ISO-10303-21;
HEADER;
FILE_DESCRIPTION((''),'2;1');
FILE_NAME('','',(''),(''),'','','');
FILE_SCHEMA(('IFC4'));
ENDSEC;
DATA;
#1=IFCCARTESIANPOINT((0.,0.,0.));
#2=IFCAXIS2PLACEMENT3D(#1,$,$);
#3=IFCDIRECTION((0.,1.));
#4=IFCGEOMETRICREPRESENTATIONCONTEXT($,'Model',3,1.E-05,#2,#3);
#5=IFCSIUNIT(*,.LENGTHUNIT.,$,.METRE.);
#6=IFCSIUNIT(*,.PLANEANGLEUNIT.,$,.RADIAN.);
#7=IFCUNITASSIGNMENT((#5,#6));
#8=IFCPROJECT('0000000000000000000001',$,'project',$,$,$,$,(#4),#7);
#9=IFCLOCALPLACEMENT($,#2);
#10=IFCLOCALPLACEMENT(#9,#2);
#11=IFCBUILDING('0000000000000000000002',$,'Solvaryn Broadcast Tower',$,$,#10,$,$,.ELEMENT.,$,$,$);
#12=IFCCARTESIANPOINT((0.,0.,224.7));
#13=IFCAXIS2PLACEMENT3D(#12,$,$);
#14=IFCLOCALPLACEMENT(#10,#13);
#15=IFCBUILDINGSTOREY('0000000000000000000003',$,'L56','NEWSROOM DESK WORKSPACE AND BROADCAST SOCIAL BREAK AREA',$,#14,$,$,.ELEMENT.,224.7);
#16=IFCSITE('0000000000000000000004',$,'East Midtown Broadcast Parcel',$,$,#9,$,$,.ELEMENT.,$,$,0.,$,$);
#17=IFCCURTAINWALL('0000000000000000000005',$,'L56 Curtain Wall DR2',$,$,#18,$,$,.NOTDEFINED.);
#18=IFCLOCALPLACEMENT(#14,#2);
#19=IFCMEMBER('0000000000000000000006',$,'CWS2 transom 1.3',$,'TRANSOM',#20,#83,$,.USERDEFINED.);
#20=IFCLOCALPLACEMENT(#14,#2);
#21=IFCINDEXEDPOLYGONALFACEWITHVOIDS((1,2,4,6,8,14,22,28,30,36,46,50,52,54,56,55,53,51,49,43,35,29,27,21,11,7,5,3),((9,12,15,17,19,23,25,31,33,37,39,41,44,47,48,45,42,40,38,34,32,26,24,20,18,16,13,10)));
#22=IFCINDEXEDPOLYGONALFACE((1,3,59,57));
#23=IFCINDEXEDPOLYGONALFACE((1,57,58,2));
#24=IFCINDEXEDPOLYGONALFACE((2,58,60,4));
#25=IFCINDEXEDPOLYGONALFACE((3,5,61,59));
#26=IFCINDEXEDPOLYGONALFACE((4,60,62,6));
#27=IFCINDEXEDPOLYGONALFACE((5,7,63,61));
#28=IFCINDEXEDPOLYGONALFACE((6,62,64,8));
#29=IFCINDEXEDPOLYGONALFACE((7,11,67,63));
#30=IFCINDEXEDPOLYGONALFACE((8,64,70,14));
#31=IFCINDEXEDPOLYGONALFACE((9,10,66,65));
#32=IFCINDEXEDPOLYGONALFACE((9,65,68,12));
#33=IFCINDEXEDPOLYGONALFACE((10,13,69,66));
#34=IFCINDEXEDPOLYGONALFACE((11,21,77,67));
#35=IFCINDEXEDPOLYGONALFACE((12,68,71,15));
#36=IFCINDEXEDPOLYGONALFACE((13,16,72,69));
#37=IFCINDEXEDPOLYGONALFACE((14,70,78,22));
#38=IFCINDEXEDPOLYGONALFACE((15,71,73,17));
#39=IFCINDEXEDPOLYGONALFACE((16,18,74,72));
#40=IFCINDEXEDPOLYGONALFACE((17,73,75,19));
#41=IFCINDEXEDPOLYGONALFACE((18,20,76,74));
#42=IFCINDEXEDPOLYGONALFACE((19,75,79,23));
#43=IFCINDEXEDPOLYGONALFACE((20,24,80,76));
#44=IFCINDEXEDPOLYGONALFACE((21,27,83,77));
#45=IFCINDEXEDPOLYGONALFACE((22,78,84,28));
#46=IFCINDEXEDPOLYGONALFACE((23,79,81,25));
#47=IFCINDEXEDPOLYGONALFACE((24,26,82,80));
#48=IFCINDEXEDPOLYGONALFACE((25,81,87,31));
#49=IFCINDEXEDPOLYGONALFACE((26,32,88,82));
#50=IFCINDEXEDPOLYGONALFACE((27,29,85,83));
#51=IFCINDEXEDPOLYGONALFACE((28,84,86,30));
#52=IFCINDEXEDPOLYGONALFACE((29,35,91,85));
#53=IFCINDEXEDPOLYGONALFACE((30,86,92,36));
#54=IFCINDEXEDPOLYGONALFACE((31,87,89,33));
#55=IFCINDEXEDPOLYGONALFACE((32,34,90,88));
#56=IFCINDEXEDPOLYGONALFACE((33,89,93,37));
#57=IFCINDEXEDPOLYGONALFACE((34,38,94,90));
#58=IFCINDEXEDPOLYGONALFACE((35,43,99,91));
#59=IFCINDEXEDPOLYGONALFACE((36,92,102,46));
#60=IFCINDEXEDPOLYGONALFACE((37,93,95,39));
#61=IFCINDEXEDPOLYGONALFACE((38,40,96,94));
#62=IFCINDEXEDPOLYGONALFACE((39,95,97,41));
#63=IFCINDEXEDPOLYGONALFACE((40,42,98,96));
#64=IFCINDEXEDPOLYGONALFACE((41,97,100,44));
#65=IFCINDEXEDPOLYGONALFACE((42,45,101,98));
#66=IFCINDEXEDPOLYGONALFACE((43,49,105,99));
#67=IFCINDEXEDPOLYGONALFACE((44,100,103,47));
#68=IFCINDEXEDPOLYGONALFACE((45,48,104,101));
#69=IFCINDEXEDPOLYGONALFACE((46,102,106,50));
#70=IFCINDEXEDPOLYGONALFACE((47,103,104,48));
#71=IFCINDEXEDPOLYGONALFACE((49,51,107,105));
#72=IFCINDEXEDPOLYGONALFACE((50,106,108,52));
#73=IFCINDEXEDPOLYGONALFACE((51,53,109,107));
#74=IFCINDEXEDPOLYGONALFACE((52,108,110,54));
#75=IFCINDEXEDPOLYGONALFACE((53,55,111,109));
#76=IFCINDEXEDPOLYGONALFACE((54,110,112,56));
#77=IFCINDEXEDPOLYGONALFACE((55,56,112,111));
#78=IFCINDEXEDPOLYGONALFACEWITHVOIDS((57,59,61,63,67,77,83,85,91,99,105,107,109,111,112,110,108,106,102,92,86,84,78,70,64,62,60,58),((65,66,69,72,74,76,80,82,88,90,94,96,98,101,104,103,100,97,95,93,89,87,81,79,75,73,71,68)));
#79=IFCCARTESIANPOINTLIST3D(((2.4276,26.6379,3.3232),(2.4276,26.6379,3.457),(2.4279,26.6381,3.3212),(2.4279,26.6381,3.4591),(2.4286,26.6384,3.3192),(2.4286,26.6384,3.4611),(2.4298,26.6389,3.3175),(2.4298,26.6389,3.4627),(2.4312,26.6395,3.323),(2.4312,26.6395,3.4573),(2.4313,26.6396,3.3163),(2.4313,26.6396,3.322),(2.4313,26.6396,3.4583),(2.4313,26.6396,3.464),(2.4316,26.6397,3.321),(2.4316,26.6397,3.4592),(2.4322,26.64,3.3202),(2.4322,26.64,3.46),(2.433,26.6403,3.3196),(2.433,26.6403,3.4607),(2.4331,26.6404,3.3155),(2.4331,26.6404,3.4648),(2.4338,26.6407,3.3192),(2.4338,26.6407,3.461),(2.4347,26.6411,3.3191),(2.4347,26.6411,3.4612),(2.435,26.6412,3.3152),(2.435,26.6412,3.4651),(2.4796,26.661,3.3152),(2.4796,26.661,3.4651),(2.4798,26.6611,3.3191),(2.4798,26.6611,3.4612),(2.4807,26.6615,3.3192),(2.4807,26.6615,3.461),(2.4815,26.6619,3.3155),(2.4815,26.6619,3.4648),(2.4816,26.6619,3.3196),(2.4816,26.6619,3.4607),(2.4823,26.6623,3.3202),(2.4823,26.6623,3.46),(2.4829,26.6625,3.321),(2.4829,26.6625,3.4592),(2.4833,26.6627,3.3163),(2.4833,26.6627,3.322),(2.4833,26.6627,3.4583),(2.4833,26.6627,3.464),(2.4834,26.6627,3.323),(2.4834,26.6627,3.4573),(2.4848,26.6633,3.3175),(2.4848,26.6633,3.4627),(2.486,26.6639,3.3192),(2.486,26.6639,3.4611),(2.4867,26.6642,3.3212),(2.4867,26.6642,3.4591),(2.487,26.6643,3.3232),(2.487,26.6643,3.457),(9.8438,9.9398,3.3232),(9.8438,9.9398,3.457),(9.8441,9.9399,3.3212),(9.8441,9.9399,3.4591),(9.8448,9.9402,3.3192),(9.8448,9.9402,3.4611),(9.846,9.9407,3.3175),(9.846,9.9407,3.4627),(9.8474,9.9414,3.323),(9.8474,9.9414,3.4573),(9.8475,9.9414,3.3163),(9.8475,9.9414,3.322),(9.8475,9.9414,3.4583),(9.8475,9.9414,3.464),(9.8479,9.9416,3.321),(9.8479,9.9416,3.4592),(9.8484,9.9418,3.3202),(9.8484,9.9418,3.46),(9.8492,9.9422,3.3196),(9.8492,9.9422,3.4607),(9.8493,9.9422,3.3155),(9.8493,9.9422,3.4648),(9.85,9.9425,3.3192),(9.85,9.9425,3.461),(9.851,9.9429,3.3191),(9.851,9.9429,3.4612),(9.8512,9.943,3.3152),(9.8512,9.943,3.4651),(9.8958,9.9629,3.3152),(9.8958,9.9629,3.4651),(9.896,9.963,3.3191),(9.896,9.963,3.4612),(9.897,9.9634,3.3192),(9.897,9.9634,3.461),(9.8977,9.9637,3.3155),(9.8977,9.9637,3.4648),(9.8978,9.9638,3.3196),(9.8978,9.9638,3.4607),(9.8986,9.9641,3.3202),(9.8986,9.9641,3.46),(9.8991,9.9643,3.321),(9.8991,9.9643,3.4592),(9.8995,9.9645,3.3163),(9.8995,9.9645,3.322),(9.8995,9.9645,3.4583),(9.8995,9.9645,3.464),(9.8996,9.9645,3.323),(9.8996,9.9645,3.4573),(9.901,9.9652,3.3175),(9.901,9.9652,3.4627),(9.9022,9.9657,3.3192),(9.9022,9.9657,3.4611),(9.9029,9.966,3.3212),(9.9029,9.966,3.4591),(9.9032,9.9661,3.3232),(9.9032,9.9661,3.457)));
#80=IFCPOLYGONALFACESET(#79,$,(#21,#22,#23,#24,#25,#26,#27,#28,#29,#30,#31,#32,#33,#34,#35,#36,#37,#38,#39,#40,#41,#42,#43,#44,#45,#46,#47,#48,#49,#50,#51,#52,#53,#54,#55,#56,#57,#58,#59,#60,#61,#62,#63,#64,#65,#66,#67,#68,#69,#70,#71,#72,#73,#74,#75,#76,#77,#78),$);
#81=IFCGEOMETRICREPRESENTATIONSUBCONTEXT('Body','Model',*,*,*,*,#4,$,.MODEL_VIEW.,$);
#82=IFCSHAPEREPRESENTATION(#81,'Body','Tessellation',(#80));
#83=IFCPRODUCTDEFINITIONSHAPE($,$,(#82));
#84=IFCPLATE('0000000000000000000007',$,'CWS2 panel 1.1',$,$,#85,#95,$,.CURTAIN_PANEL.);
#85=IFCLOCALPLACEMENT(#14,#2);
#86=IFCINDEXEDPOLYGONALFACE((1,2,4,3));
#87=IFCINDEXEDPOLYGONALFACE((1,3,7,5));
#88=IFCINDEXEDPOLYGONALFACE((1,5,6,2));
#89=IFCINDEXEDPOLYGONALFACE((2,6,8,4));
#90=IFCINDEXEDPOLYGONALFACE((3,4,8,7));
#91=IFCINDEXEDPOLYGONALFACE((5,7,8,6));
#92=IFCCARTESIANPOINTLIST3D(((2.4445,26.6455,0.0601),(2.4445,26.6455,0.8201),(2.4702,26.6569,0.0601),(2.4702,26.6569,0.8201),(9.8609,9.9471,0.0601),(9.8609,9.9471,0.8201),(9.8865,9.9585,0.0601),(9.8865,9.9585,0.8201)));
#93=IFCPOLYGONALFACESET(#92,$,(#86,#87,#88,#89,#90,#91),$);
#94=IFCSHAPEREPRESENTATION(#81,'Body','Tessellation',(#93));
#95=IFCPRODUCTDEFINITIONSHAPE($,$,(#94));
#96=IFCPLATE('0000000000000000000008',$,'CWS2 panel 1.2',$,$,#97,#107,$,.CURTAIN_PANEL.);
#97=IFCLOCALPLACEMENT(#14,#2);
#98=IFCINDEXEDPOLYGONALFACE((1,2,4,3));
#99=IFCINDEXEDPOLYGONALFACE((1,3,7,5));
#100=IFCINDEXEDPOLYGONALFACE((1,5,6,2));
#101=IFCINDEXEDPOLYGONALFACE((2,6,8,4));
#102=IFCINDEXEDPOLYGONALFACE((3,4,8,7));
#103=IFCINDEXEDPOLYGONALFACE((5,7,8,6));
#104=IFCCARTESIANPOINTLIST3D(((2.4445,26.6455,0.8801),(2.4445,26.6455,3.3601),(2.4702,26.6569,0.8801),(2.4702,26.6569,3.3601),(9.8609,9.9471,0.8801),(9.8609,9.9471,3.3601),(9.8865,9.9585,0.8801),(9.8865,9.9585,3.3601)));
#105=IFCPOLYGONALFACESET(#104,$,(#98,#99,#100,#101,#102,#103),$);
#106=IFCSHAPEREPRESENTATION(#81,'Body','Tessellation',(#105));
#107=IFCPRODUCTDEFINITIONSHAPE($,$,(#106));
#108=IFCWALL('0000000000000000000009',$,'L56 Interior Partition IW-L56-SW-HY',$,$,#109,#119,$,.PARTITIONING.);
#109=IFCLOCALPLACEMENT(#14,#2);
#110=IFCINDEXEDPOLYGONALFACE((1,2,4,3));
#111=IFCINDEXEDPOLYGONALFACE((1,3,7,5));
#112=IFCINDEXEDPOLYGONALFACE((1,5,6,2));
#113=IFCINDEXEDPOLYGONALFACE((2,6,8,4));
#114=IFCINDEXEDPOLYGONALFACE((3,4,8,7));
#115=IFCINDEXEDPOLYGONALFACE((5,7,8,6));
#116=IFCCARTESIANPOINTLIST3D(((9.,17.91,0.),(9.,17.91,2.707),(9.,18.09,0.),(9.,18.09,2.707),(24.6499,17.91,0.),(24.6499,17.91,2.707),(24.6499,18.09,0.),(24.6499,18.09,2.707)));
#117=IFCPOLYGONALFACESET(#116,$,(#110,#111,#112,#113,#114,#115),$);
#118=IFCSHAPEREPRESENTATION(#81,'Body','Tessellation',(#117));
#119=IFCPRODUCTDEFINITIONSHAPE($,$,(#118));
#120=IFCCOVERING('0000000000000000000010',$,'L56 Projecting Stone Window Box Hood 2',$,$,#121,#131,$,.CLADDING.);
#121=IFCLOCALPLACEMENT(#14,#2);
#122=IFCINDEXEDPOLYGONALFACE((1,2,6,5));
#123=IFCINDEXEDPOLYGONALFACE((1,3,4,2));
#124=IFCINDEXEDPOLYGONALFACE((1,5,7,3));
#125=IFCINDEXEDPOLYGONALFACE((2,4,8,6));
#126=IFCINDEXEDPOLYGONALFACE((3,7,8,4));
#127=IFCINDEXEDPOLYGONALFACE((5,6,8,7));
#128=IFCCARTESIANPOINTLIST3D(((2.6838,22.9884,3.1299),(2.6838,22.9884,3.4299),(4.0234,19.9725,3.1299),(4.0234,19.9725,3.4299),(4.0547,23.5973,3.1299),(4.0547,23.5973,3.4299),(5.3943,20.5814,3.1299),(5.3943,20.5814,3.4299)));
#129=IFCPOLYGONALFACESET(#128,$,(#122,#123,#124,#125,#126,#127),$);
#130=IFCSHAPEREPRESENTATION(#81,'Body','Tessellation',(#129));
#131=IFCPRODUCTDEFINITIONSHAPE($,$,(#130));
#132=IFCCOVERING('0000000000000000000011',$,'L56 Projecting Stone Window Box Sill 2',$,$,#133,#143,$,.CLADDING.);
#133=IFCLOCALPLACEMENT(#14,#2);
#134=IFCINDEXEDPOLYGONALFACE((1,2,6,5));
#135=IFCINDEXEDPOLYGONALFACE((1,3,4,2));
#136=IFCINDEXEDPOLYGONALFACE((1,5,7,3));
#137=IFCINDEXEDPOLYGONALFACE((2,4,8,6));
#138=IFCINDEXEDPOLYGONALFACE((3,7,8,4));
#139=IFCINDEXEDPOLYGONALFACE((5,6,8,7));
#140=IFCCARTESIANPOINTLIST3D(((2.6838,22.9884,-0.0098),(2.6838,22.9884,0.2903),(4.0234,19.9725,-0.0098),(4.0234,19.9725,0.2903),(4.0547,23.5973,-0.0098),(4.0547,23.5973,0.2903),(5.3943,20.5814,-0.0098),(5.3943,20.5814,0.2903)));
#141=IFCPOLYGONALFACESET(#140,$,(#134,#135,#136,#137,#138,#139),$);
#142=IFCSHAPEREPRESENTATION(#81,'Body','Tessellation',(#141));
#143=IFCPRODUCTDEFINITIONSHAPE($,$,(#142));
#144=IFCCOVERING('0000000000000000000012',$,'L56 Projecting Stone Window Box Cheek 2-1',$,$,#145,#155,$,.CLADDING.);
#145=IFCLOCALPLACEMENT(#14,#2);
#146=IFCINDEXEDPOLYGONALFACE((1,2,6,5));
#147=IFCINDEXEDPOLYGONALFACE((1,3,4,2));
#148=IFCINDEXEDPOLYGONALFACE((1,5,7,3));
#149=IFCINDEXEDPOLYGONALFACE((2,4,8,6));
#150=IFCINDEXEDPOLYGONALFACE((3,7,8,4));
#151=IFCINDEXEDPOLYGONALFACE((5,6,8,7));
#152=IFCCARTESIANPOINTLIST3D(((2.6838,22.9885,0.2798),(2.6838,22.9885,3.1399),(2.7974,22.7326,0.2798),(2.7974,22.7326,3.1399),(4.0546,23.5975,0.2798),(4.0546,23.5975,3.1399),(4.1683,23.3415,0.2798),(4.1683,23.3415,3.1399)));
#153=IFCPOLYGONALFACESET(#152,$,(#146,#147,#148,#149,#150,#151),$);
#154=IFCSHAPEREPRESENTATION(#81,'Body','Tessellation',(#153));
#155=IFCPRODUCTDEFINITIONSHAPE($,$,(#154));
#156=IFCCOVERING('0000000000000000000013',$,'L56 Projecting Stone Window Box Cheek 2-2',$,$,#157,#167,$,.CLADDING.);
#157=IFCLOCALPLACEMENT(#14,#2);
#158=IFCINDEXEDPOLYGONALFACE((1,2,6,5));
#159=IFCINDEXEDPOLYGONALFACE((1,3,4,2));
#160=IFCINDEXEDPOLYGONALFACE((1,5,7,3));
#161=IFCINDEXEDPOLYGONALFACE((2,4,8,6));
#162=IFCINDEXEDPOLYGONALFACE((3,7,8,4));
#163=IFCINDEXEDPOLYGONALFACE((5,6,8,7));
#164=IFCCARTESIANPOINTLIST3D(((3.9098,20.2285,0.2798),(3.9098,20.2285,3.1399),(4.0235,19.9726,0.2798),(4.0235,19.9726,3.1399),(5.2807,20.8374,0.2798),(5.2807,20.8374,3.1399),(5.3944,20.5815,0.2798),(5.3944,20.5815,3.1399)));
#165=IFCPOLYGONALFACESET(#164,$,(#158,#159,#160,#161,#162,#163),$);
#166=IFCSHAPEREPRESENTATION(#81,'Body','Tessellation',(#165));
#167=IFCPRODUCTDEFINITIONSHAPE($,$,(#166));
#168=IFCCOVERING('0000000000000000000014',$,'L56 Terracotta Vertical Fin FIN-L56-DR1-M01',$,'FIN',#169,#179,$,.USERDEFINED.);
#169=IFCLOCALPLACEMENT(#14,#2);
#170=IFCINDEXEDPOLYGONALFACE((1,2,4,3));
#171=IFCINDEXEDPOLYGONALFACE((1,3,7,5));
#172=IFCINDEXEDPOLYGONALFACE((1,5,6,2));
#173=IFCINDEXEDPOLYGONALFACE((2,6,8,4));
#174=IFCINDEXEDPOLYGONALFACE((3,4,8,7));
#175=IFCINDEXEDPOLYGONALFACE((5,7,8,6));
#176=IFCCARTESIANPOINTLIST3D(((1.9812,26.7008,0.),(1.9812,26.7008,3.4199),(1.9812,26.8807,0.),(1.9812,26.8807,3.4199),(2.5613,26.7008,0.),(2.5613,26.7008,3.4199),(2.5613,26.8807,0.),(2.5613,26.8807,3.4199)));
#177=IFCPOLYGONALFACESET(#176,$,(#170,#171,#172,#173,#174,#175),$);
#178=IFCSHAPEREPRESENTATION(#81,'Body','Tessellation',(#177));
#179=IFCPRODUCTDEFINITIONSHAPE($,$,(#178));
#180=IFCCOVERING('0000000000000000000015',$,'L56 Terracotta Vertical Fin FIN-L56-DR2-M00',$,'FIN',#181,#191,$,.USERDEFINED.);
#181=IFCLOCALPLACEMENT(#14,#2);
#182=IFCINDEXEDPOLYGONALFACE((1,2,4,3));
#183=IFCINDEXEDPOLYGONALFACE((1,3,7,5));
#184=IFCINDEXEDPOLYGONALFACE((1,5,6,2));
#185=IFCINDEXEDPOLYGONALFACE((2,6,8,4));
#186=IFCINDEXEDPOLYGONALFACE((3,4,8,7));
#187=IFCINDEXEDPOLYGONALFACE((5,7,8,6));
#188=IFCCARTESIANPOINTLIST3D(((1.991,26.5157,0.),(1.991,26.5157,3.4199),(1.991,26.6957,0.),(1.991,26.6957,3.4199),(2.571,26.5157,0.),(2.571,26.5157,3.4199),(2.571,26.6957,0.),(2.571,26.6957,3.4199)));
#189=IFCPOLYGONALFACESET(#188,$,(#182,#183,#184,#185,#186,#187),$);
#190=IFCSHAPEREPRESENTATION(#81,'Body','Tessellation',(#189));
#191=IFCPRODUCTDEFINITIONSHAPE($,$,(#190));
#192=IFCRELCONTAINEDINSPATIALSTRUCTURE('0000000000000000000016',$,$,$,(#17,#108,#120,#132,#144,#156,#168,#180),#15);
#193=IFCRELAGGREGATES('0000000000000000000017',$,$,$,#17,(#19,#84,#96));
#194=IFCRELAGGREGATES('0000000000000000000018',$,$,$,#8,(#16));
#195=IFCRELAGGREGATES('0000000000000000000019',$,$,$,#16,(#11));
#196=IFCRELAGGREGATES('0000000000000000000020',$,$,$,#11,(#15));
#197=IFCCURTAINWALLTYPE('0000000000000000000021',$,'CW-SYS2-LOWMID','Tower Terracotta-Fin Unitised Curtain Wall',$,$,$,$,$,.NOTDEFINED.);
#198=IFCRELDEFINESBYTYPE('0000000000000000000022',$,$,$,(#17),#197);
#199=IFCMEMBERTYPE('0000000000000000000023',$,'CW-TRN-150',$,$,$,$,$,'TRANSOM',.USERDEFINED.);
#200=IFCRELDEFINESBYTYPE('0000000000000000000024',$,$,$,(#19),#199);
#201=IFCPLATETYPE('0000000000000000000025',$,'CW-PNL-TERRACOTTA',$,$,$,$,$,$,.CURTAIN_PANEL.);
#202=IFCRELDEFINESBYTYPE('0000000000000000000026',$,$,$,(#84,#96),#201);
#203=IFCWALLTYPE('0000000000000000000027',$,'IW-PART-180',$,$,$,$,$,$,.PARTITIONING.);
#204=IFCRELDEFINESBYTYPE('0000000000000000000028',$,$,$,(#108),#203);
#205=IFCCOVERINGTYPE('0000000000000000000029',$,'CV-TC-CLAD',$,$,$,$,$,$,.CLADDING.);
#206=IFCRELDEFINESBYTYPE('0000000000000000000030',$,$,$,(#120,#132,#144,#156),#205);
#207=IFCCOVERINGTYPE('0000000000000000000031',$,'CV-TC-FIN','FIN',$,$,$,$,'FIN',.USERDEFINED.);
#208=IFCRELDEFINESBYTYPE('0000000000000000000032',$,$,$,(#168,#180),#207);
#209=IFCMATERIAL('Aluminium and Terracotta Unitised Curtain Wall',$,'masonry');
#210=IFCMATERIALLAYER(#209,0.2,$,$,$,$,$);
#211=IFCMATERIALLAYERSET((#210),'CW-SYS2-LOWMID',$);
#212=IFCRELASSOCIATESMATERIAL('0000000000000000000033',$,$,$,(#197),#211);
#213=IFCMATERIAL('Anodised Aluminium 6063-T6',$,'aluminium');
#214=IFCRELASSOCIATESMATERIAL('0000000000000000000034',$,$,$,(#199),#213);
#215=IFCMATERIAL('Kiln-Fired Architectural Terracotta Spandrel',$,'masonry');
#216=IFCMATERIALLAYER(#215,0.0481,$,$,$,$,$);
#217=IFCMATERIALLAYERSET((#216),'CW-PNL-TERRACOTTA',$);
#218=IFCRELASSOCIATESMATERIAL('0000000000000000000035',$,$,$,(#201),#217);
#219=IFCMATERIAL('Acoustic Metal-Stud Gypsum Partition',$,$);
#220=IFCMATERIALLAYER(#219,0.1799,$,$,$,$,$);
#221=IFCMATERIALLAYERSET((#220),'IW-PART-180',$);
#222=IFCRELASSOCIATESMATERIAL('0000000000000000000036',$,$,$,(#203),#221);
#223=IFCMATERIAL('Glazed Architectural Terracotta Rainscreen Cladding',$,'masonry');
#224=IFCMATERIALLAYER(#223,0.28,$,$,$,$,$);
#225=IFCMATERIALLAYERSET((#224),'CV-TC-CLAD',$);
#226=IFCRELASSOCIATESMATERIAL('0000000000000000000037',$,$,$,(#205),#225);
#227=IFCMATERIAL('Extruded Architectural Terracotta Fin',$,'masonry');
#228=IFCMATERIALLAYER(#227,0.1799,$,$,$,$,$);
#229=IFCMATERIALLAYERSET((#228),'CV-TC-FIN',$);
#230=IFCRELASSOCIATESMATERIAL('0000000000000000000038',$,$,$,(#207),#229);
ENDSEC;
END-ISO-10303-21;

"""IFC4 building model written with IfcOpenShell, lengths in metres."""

from ifc_helpers import new_model, si_unit, direction, frame, frame_2d, origin, origin_2d, place, context, subcontext, project, spatial, rectangle, hollow_rectangle, extrude, material, layer, layer_set, material_profile, profile_set, type_object, element, aggregate, save


model = new_model("IFC4")

# Units and contexts
model_context = context("Model", 3, precision=1e-05, world=origin(), true_north=direction((0.0, 1.0)))
body_context = subcontext(model_context, "Body", "Model", "MODEL_VIEW")
ifc_project = project(units=[si_unit("LENGTHUNIT", "METRE"), si_unit("PLANEANGLEUNIT", "RADIAN")], contexts=[model_context])

# Site, building, storey
site_placement = place(None, origin())
site = spatial("IfcSite", under=ifc_project, at=site_placement, Name="East Midtown Broadcast Parcel", CompositionType="ELEMENT", RefElevation=0.0)
building_placement = place(site_placement, origin())
building = spatial("IfcBuilding", under=site, at=building_placement, Name="Solvaryn Broadcast Tower", CompositionType="ELEMENT")
storey_placement = place(building_placement, frame((0.0, 0.0, 224.7)))
storey = spatial("IfcBuildingStorey", under=building, at=storey_placement, Name="L56", Description="NEWSROOM DESK WORKSPACE AND BROADCAST SOCIAL BREAK AREA", CompositionType="ELEMENT", Elevation=224.7)

# Shared definitions
ifc_material_1 = material(Name="Aluminium and Terracotta Unitised Curtain Wall", Category="masonry")
ifc_layer_1 = layer(ifc_material_1, 0.2)
ifc_layer_set_1 = layer_set([ifc_layer_1], Name="CW-SYS2-LOWMID")
curtain_wall_type = type_object("IfcCurtainWallType", Name="CW-SYS2-LOWMID", Description="Tower Terracotta-Fin Unitised Curtain Wall", PredefinedType="NOTDEFINED", material=ifc_layer_set_1)

# Curtain wall, member, plates
curtain_wall_1_placement = place(storey_placement, origin())
curtain_wall_1 = element("IfcCurtainWall", 1, at=curtain_wall_1_placement, inside=storey, type_object=curtain_wall_type, Name="L56 Curtain Wall DR2", PredefinedType="NOTDEFINED")
ifc_material_2 = material(Name="Anodised Aluminium 6063-T6", Category="aluminium")
ifc_material_profile_1 = material_profile(ifc_material_2, hollow_rectangle(XDim=0.0649, YDim=0.1499, WallThickness=0.0039, InnerFilletRadius=0.0039, OuterFilletRadius=0.0081, at=origin_2d()))
ifc_profile_set_1 = profile_set([ifc_material_profile_1], Name="Anodised Aluminium 6063-T6")
member_type_1 = type_object("IfcMemberType", Name="CW-TRN-150", ElementType="TRANSOM", PredefinedType="USERDEFINED", material=ifc_profile_set_1)
member_1_placement = place(storey_placement, frame((2.4573, 26.6511, 3.3901), z_axis=(0.405902, -0.913917, 0.0), x_axis=(0.913917, 0.405902, 0.0)))
member_1 = element("IfcMember", 2, at=member_1_placement, type_object=member_type_1, Name="CWS2 transom 1.3", ObjectType="TRANSOM", PredefinedType="USERDEFINED", context=body_context, shape_type="SweptSolid", body=[
    extrude(hollow_rectangle(XDim=0.0649, YDim=0.1499, WallThickness=0.0039, InnerFilletRadius=0.0039, OuterFilletRadius=0.0081, at=origin_2d()), origin(), (0.0, 0.0, 1.0), 18.271),
])
ifc_material_3 = material(Name="Kiln-Fired Architectural Terracotta Spandrel", Category="masonry")
ifc_layer_2 = layer(ifc_material_3, 0.0481)
ifc_layer_set_2 = layer_set([ifc_layer_2], Name="CW-PNL-TERRACOTTA")
plate_type = type_object("IfcPlateType", Name="CW-PNL-TERRACOTTA", PredefinedType="CURTAIN_PANEL", material=ifc_layer_set_2)
plate_1_placement = place(storey_placement, frame((6.1655, 18.302, 0.0601), z_axis=(0.0, 0.0, 1.0), x_axis=(0.405901, -0.913917, 0.0)))
plate_1 = element("IfcPlate", 3, at=plate_1_placement, type_object=plate_type, Name="CWS2 panel 1.1", PredefinedType="CURTAIN_PANEL", context=body_context, shape_type="SweptSolid", body=[
    extrude(rectangle(XDim=18.2712, YDim=0.0281, at=origin_2d()), origin(), (0.0, 0.0, 1.0), 0.76),
])
plate_2_placement = place(storey_placement, frame((6.1655, 18.302, 0.8801), z_axis=(0.0, 0.0, 1.0), x_axis=(0.405901, -0.913917, 0.0)))
plate_2 = element("IfcPlate", 4, at=plate_2_placement, type_object=plate_type, Name="CWS2 panel 1.2", PredefinedType="CURTAIN_PANEL", context=body_context, shape_type="SweptSolid", body=[
    extrude(rectangle(XDim=18.2712, YDim=0.0281, at=origin_2d()), origin(), (0.0, 0.0, 1.0), 2.48),
])
aggregate(curtain_wall_1, [member_1, plate_1, plate_2])

# Wall
ifc_material_4 = material(Name="Acoustic Metal-Stud Gypsum Partition")
ifc_layer_3 = layer(ifc_material_4, 0.1799)
ifc_layer_set_3 = layer_set([ifc_layer_3], Name="IW-PART-180")
wall_type = type_object("IfcWallType", Name="IW-PART-180", PredefinedType="PARTITIONING", material=ifc_layer_set_3)
wall_placement = place(storey_placement, frame((9.0, 18.0, 0.0), z_axis=(0.0, 0.0, 1.0), x_axis=(1.0, 0.0, 0.0)))
element("IfcWall", 5, at=wall_placement, inside=storey, type_object=wall_type, Name="L56 Interior Partition IW-L56-SW-HY", PredefinedType="PARTITIONING", context=body_context, shape_type="SweptSolid", body=[
    extrude(rectangle(XDim=15.6499, YDim=0.1799, at=frame_2d((7.825, 0.0))), origin(), (0.0, 0.0, 1.0), 2.707),
])

# Coverings
ifc_material_5 = material(Name="Glazed Architectural Terracotta Rainscreen Cladding", Category="masonry")
ifc_layer_4 = layer(ifc_material_5, 0.28)
ifc_layer_set_4 = layer_set([ifc_layer_4], Name="CV-TC-CLAD")
covering_type_1 = type_object("IfcCoveringType", Name="CV-TC-CLAD", PredefinedType="CLADDING", material=ifc_layer_set_4)
for number, where, z_axis, x_axis, name in (
    (6, (4.0391, 21.7849, 3.1299), (0.0, 0.0, 1.0), (0.405939, -0.9139, 0.0), "L56 Projecting Stone Window Box Hood 2"),
    (7, (4.0391, 21.7849, -0.0098), (0.0, 0.0, 1.0), (0.405939, -0.9139, 0.0), "L56 Projecting Stone Window Box Sill 2"),
):
    element("IfcCovering", number, at=place(storey_placement, frame(where, z_axis=z_axis, x_axis=x_axis)), inside=storey, type_object=covering_type_1, Name=name, PredefinedType="CLADDING", context=body_context, shape_type="SweptSolid", body=[
        extrude(rectangle(XDim=3.3, YDim=1.5, at=origin_2d()), origin(), (0.0, 0.0, 1.0), 0.3),
    ])
for number, where, z_axis, x_axis, name in (
    (8, (3.426, 23.165, 0.2798), (0.0, 0.0, 1.0), (0.405939, -0.9139, 0.0), "L56 Projecting Stone Window Box Cheek 2-1"),
    (9, (4.6521, 20.405, 0.2798), (0.0, 0.0, 1.0), (0.405939, -0.9139, 0.0), "L56 Projecting Stone Window Box Cheek 2-2"),
):
    element("IfcCovering", number, at=place(storey_placement, frame(where, z_axis=z_axis, x_axis=x_axis)), inside=storey, type_object=covering_type_1, Name=name, PredefinedType="CLADDING", context=body_context, shape_type="SweptSolid", body=[
        extrude(rectangle(XDim=0.28, YDim=1.5, at=origin_2d()), origin(), (0.0, 0.0, 1.0), 2.8601),
    ])
ifc_material_6 = material(Name="Extruded Architectural Terracotta Fin", Category="masonry")
ifc_layer_5 = layer(ifc_material_6, 0.1799)
ifc_layer_set_5 = layer_set([ifc_layer_5], Name="CV-TC-FIN")
covering_type_2 = type_object("IfcCoveringType", Name="CV-TC-FIN", Description="FIN", ElementType="FIN", PredefinedType="USERDEFINED", material=ifc_layer_set_5)
for number, where, z_axis, x_axis, name in (
    (10, (2.2712, 26.7908, 0.0), (0.0, 0.0, 1.0), (1.0, 0.0, 0.0), "L56 Terracotta Vertical Fin FIN-L56-DR1-M01"),
    (11, (2.281, 26.6057, 0.0), (0.0, 0.0, 1.0), (1.0, 0.0, 0.0), "L56 Terracotta Vertical Fin FIN-L56-DR2-M00"),
):
    element("IfcCovering", number, at=place(storey_placement, frame(where, z_axis=z_axis, x_axis=x_axis)), inside=storey, type_object=covering_type_2, Name=name, ObjectType="FIN", PredefinedType="USERDEFINED", context=body_context, shape_type="SweptSolid", body=[
        extrude(rectangle(XDim=0.5801, YDim=0.1799, at=origin_2d()), origin(), (0.0, 0.0, 1.0), 3.4199),
    ])

save(model, "model.ifc")
